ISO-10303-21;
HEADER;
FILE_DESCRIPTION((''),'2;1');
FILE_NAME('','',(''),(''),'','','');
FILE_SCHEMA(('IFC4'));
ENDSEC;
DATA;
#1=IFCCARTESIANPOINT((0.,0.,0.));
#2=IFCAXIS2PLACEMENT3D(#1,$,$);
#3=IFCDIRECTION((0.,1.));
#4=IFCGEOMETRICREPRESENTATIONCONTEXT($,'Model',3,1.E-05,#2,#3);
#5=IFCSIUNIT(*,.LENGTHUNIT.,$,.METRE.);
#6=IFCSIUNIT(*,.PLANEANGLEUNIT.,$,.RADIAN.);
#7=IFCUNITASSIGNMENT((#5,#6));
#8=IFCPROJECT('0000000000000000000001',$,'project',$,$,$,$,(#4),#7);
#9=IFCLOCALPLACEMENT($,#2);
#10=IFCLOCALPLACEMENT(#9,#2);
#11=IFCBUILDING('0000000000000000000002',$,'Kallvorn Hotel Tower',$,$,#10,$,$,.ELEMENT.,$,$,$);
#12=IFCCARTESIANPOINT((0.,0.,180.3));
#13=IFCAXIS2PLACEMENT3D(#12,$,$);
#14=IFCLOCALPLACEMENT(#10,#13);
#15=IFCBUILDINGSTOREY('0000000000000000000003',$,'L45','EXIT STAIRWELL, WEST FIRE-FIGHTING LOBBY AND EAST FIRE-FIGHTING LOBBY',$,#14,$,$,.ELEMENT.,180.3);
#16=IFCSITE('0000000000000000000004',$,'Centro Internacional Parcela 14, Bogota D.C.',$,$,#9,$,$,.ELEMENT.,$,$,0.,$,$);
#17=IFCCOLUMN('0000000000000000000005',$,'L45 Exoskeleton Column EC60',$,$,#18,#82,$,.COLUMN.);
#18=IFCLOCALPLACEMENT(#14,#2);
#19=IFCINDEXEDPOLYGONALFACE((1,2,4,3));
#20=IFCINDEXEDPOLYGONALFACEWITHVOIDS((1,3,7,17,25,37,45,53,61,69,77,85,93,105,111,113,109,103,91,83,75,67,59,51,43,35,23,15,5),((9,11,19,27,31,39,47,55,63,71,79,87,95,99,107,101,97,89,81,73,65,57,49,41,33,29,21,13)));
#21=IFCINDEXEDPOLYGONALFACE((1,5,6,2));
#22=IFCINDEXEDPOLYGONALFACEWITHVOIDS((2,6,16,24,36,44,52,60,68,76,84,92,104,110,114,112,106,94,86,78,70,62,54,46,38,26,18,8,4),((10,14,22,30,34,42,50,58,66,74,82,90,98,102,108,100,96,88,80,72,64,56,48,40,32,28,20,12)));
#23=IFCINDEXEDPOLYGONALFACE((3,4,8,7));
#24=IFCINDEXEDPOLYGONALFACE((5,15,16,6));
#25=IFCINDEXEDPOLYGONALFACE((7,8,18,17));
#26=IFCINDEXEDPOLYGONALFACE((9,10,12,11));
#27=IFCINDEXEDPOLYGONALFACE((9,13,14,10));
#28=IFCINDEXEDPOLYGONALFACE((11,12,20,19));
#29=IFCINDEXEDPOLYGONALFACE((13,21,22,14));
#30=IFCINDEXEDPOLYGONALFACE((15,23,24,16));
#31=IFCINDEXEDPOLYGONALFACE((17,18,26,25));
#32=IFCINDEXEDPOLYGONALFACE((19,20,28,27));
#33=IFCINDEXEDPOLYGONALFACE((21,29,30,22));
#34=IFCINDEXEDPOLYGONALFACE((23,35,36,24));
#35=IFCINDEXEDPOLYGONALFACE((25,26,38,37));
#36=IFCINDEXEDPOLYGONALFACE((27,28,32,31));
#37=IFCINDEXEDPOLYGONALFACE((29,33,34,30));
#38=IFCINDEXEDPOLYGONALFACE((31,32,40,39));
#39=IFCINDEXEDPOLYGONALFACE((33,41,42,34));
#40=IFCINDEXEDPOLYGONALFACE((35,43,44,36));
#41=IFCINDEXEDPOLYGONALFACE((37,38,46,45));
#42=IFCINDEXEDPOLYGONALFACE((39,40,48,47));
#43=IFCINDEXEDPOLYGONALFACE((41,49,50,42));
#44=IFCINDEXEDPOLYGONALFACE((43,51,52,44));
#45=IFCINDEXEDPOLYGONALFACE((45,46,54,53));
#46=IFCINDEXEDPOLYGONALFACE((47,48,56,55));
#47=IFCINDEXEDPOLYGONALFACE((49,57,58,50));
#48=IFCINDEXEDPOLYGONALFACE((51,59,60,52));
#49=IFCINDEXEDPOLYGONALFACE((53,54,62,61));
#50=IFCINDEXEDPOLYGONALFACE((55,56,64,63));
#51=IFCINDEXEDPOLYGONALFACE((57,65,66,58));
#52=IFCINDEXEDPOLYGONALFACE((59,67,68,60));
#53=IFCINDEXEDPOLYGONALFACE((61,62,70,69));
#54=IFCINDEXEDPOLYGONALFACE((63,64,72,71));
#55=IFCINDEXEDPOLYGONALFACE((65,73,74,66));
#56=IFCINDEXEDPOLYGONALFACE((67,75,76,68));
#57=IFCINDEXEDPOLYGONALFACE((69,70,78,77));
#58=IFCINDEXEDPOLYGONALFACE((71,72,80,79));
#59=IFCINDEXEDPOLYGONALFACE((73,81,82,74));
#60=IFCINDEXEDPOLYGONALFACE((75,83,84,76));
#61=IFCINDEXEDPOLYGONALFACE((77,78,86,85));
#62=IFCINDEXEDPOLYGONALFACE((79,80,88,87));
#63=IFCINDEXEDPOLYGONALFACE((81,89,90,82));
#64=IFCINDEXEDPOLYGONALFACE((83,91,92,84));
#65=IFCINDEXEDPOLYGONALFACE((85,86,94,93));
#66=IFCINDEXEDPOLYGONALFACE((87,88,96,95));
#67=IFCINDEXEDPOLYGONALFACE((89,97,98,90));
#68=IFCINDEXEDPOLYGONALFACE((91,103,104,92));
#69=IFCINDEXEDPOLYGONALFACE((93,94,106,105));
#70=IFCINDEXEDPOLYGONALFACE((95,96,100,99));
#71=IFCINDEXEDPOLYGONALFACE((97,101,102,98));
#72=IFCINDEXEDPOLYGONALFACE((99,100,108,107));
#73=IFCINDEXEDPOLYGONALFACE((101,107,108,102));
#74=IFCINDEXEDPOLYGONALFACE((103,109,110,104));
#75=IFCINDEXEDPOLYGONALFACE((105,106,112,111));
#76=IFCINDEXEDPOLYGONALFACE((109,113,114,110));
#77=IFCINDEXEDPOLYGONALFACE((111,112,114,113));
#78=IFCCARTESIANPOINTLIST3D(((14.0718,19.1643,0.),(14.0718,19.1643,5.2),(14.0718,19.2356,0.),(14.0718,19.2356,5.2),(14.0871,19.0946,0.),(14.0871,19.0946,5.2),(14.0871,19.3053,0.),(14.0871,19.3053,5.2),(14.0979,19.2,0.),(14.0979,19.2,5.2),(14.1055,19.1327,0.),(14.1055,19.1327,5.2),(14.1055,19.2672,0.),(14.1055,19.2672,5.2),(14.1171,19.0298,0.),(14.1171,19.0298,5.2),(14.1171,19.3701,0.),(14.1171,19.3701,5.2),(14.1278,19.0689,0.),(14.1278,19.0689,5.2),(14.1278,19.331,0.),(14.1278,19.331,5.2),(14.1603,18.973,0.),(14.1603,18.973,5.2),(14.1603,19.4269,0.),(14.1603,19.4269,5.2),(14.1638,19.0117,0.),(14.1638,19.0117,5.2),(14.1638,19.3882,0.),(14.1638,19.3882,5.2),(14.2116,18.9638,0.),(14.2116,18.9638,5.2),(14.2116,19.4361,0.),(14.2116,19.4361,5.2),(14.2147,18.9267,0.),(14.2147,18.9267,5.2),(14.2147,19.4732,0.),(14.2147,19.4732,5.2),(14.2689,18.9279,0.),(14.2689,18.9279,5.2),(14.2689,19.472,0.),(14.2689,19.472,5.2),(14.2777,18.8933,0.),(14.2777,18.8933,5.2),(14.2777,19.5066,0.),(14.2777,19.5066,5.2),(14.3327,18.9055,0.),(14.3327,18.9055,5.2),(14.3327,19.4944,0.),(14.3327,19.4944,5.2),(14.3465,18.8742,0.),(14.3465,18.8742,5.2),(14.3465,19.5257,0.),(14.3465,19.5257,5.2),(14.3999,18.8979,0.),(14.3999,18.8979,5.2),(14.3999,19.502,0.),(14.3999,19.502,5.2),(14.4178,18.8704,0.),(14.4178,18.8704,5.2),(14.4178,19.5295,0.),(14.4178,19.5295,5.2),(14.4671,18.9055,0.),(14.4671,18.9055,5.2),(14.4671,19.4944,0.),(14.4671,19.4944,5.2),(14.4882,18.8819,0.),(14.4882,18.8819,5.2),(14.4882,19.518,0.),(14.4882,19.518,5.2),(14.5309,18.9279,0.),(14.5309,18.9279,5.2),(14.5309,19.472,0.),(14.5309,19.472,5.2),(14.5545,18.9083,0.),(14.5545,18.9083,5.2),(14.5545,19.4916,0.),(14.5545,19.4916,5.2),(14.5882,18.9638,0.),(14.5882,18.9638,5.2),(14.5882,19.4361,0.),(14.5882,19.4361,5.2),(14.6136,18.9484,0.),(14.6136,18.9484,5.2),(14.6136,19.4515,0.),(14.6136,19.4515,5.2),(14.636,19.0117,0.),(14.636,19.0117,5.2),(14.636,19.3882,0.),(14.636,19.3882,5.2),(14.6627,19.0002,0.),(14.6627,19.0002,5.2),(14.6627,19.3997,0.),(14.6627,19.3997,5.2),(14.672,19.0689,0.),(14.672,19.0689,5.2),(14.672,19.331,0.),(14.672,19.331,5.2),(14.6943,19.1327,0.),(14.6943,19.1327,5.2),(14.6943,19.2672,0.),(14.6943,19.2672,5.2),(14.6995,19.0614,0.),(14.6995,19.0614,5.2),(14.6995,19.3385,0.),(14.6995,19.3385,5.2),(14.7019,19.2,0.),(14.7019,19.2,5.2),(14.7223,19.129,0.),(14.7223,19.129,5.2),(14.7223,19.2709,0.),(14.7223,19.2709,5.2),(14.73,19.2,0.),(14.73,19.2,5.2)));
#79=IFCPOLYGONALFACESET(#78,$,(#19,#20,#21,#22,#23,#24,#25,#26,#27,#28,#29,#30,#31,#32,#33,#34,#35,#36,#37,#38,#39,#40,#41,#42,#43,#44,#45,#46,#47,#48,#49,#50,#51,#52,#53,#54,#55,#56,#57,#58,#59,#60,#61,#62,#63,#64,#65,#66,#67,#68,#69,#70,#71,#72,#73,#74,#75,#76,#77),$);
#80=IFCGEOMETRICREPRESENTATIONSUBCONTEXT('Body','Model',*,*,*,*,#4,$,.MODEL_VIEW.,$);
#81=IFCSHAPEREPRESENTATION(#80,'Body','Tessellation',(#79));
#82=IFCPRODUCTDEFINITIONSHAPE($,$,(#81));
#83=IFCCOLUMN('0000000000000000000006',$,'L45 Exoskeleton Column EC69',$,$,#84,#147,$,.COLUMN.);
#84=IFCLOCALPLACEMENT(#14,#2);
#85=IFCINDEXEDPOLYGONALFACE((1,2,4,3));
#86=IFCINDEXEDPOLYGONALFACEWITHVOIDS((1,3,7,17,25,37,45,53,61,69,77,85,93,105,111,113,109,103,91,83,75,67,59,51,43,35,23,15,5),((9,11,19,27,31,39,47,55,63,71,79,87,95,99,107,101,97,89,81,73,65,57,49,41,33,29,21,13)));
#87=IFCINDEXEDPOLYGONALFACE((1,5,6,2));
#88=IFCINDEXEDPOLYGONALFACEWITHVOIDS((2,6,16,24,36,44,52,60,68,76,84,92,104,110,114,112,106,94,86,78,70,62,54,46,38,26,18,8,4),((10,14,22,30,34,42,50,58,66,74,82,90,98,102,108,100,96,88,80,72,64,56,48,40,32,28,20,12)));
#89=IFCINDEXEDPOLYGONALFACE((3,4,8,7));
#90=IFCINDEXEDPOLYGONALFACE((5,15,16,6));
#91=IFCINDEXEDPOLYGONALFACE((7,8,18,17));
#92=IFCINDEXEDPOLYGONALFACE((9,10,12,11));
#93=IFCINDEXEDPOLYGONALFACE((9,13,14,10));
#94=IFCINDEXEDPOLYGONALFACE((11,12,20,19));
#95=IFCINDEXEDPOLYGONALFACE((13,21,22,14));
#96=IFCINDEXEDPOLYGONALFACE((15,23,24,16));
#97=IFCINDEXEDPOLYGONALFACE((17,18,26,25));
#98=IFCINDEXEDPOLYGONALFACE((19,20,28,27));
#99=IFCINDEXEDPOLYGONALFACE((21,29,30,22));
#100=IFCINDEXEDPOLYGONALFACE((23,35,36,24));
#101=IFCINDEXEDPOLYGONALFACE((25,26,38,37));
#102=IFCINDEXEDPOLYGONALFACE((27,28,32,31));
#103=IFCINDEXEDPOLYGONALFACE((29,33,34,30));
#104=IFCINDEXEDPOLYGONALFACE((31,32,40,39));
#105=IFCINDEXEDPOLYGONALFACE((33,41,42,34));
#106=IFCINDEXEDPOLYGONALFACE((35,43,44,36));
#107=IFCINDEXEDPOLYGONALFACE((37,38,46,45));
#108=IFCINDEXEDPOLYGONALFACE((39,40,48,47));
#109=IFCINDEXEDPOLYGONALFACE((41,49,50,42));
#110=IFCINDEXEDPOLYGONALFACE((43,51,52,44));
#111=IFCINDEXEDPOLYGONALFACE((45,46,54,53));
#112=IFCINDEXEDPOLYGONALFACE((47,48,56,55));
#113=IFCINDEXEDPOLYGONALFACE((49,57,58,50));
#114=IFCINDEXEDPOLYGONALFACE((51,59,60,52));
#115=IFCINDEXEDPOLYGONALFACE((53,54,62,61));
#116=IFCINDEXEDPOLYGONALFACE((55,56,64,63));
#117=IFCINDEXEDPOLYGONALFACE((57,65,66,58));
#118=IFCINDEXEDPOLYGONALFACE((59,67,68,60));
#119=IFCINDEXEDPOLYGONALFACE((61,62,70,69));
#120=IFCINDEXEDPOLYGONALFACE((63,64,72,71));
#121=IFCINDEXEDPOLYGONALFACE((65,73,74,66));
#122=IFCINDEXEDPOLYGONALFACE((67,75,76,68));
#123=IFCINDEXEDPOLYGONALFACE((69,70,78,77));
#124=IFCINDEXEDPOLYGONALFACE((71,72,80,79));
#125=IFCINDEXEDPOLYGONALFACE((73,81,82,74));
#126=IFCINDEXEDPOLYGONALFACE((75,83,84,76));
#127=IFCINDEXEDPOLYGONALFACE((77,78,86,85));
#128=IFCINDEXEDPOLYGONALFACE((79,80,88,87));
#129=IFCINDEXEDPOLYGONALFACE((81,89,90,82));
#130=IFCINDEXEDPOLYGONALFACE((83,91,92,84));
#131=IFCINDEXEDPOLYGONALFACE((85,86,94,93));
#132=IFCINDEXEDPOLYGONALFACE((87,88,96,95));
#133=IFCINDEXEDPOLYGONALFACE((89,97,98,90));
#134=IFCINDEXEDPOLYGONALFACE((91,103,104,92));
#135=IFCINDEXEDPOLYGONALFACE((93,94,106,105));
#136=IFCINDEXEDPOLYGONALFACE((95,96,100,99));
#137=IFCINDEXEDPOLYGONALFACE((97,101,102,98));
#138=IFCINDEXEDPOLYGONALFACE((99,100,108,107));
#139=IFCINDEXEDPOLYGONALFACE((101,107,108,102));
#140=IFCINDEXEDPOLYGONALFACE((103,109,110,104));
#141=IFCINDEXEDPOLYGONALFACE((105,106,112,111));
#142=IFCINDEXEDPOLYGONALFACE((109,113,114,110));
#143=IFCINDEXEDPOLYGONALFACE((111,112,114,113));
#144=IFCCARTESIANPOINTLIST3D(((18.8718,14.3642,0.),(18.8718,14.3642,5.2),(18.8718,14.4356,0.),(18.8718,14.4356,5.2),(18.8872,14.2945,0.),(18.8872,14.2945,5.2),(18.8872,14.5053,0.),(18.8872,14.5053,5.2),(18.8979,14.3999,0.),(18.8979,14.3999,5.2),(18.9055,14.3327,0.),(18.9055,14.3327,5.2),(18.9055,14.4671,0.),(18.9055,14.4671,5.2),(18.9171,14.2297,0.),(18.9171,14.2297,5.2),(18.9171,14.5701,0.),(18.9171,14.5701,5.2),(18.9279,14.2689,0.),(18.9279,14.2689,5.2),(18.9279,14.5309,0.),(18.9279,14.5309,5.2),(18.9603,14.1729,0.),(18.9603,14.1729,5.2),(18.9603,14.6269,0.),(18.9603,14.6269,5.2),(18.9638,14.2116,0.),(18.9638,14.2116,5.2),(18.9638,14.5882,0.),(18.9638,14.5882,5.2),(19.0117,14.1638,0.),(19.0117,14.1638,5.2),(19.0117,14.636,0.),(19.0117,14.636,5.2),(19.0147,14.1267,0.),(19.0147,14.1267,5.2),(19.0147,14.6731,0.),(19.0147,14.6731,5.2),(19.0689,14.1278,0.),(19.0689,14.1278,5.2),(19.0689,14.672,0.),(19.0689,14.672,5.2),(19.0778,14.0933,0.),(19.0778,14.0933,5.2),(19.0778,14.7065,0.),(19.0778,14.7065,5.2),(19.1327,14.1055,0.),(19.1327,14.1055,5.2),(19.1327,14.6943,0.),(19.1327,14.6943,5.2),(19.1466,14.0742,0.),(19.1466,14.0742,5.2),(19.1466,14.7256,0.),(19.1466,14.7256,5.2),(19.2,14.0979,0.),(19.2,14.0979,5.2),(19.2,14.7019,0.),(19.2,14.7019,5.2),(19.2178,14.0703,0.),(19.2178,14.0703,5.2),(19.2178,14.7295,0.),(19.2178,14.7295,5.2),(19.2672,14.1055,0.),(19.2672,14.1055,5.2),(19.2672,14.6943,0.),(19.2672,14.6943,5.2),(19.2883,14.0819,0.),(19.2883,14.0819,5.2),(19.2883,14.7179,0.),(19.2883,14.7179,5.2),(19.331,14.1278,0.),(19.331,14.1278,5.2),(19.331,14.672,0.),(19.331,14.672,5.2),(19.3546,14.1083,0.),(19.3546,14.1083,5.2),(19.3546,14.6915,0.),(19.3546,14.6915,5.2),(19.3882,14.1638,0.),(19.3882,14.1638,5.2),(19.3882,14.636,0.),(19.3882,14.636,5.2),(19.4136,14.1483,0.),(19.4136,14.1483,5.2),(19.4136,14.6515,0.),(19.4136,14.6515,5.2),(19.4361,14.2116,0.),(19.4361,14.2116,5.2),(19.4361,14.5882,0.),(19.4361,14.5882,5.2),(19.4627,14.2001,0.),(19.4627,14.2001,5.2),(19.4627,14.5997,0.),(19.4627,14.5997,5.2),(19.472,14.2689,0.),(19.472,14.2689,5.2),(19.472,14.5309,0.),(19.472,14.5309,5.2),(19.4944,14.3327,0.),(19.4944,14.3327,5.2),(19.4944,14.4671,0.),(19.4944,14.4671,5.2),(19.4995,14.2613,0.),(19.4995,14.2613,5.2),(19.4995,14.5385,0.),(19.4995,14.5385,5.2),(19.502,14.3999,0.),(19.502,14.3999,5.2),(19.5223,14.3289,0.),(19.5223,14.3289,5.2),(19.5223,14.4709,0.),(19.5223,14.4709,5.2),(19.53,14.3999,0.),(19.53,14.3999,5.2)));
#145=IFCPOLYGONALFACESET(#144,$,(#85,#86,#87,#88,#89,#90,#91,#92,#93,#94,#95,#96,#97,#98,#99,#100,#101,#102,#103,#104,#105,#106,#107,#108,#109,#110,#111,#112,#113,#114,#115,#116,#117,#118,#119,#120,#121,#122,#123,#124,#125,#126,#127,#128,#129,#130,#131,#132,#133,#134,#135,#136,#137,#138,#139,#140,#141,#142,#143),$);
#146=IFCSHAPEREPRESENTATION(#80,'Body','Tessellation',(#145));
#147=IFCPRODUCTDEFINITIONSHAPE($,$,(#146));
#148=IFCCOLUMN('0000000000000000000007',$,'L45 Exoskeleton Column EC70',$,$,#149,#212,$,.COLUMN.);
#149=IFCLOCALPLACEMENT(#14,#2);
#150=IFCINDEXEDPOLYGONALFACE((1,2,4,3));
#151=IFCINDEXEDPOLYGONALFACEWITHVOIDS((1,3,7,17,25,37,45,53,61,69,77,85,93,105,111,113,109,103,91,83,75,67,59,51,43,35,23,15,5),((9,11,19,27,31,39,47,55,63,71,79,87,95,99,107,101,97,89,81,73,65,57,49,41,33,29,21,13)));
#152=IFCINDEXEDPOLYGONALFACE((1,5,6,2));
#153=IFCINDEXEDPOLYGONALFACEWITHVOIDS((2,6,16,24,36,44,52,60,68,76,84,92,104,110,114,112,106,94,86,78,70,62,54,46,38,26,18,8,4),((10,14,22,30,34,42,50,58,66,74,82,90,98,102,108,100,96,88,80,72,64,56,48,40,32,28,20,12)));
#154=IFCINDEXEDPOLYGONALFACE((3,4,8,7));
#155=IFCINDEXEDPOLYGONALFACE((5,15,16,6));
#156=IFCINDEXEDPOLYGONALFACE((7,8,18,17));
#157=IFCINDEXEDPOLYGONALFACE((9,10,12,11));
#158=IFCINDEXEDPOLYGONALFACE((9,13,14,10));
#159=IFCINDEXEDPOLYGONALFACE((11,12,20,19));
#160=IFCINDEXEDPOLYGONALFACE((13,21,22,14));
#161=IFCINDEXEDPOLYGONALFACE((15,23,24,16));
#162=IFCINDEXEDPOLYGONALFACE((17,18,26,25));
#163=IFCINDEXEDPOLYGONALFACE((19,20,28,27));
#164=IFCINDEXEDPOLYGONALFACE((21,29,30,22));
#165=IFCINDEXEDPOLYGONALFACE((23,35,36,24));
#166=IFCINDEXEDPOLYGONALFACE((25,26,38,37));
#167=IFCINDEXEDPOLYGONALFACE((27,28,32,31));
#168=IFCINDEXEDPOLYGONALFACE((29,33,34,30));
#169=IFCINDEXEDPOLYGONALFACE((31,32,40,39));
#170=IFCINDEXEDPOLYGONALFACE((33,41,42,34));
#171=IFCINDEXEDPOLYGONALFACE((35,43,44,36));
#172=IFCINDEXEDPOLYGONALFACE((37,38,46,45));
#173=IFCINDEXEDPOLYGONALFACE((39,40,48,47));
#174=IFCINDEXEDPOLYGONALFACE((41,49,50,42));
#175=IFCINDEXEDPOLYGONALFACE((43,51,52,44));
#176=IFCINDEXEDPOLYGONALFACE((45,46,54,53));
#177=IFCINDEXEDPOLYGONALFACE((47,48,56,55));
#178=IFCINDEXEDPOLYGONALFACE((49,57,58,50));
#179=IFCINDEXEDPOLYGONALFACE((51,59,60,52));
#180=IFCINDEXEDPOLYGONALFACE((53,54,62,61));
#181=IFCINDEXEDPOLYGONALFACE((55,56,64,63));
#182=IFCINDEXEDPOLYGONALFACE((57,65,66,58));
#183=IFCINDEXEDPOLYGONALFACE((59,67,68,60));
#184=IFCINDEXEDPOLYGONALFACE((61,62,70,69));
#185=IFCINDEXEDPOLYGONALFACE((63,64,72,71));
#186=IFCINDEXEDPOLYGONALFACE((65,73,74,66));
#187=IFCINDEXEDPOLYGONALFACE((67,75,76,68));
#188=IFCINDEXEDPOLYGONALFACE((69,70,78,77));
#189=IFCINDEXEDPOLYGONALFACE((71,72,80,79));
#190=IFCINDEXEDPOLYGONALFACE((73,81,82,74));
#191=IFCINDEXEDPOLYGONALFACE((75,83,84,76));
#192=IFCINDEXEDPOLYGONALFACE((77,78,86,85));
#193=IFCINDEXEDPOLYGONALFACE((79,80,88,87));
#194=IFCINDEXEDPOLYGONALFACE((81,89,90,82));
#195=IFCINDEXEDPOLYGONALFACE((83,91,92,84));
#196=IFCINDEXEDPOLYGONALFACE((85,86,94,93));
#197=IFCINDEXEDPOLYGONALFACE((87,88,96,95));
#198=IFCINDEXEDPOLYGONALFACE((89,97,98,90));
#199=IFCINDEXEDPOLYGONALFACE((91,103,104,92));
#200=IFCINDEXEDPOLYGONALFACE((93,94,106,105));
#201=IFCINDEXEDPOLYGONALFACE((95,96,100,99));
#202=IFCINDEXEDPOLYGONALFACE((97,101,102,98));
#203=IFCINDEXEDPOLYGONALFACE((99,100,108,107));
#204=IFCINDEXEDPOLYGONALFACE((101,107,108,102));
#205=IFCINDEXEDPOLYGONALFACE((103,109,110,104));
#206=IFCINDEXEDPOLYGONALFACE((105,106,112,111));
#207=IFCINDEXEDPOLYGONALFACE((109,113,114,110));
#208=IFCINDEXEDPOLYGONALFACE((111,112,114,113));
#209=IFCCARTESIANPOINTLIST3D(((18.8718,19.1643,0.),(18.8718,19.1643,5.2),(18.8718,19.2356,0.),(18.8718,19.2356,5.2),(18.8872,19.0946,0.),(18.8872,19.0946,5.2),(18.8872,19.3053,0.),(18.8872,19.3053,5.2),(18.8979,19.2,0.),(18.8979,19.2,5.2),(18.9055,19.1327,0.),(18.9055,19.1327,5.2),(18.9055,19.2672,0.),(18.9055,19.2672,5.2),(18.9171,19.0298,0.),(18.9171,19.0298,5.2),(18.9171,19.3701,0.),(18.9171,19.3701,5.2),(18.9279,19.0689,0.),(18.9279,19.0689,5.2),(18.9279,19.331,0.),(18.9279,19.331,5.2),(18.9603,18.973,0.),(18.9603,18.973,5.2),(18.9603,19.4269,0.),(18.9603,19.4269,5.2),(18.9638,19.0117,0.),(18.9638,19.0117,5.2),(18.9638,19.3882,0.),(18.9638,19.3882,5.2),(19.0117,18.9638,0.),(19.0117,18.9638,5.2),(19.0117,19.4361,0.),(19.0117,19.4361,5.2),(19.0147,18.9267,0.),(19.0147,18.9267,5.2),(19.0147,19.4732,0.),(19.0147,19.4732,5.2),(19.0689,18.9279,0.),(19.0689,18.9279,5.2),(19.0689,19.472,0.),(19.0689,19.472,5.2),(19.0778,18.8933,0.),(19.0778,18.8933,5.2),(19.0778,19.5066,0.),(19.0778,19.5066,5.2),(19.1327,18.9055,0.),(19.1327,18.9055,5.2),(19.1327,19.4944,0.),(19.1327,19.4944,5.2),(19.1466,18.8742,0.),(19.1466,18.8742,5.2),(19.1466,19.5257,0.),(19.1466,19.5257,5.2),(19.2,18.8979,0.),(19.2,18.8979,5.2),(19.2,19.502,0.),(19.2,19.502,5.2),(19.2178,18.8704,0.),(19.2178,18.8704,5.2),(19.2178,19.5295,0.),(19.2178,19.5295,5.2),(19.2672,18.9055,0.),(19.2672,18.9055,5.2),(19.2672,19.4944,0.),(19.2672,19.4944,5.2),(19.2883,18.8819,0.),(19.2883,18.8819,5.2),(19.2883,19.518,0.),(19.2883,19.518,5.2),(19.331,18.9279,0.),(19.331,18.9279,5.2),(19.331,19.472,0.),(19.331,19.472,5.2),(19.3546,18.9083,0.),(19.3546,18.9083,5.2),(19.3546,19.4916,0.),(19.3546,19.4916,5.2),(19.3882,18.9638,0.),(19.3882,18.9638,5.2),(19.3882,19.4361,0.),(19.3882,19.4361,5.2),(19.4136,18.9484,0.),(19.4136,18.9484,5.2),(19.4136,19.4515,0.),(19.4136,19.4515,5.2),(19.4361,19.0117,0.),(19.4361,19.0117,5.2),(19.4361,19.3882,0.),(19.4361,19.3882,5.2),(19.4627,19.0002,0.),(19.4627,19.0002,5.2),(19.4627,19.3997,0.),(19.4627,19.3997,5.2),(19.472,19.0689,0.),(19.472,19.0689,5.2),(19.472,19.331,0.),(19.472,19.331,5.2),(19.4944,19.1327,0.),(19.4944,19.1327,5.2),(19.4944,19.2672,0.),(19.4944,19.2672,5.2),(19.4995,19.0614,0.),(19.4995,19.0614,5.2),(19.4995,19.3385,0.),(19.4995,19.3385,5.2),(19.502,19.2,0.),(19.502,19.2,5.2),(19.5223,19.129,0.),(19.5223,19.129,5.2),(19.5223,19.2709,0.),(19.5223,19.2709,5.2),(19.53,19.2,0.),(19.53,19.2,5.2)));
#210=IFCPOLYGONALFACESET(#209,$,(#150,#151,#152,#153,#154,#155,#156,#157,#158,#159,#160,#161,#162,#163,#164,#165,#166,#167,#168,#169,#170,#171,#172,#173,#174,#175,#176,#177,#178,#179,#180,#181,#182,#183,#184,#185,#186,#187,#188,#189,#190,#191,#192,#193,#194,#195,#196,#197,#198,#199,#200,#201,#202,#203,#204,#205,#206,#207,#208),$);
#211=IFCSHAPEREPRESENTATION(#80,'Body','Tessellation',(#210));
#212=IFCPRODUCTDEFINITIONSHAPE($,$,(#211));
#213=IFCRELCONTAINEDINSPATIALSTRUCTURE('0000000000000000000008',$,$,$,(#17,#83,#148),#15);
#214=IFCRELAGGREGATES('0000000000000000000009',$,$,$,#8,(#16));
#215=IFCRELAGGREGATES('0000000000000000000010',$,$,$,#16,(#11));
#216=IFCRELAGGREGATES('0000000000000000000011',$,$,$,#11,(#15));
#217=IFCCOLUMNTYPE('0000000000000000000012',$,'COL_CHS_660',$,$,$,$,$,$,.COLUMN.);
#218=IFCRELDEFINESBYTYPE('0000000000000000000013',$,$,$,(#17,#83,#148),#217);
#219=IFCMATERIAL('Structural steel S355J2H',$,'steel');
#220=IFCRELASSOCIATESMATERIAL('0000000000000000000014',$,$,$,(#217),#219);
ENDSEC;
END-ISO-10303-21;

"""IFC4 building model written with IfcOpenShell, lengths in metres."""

from ifc_helpers import new_model, si_unit, direction, frame, origin, origin_2d, place, context, subcontext, project, spatial, hollow_circle, extrude, material, material_profile, profile_set, type_object, element, save


model = new_model("IFC4")

# Units and contexts
model_context = context("Model", 3, precision=1e-05, world=origin(), true_north=direction((0.0, 1.0)))
body_context = subcontext(model_context, "Body", "Model", "MODEL_VIEW")
ifc_project = project(units=[si_unit("LENGTHUNIT", "METRE"), si_unit("PLANEANGLEUNIT", "RADIAN")], contexts=[model_context])

# Site, building, storey
site_placement = place(None, origin())
site = spatial("IfcSite", under=ifc_project, at=site_placement, Name="Centro Internacional Parcela 14, Bogota D.C.", CompositionType="ELEMENT", RefElevation=0.0)
building_placement = place(site_placement, origin())
building = spatial("IfcBuilding", under=site, at=building_placement, Name="Kallvorn Hotel Tower", CompositionType="ELEMENT")
storey_placement = place(building_placement, frame((0.0, 0.0, 180.3)))
storey = spatial("IfcBuildingStorey", under=building, at=storey_placement, Name="L45", Description="EXIT STAIRWELL, WEST FIRE-FIGHTING LOBBY AND EAST FIRE-FIGHTING LOBBY", CompositionType="ELEMENT", Elevation=180.3)

# Columns
ifc_material_1 = material(Name="Structural steel S355J2H", Category="steel")
ifc_material_profile_1 = material_profile(ifc_material_1, hollow_circle(Radius=0.3301, WallThickness=0.0281, at=origin_2d()), Name="CHS 660x28")
ifc_profile_set_1 = profile_set([ifc_material_profile_1], Name="Structural steel S355J2H")
column_type_1 = type_object("IfcColumnType", Name="COL_CHS_660", PredefinedType="COLUMN", material=ifc_profile_set_1)
for number, where, z_axis, x_axis, name in (
    (1, (14.3999, 19.2, 0.0), (0.0, 0.0, 1.0), (1.0, 0.0, 0.0), "L45 Exoskeleton Column EC60"),
    (2, (19.2, 14.3999, 0.0), (0.0, 0.0, 1.0), (1.0, 0.0, 0.0), "L45 Exoskeleton Column EC69"),
    (3, (19.2, 19.2, 0.0), (0.0, 0.0, 1.0), (1.0, 0.0, 0.0), "L45 Exoskeleton Column EC70"),
):
    element("IfcColumn", number, at=place(storey_placement, frame(where, z_axis=z_axis, x_axis=x_axis)), inside=storey, type_object=column_type_1, Name=name, PredefinedType="COLUMN", context=body_context, shape_type="SweptSolid", body=[
        extrude(hollow_circle(Radius=0.3301, WallThickness=0.0281, at=origin_2d()), origin(), (0.0, 0.0, 1.0), 5.2),
    ])

save(model, "model.ifc")
